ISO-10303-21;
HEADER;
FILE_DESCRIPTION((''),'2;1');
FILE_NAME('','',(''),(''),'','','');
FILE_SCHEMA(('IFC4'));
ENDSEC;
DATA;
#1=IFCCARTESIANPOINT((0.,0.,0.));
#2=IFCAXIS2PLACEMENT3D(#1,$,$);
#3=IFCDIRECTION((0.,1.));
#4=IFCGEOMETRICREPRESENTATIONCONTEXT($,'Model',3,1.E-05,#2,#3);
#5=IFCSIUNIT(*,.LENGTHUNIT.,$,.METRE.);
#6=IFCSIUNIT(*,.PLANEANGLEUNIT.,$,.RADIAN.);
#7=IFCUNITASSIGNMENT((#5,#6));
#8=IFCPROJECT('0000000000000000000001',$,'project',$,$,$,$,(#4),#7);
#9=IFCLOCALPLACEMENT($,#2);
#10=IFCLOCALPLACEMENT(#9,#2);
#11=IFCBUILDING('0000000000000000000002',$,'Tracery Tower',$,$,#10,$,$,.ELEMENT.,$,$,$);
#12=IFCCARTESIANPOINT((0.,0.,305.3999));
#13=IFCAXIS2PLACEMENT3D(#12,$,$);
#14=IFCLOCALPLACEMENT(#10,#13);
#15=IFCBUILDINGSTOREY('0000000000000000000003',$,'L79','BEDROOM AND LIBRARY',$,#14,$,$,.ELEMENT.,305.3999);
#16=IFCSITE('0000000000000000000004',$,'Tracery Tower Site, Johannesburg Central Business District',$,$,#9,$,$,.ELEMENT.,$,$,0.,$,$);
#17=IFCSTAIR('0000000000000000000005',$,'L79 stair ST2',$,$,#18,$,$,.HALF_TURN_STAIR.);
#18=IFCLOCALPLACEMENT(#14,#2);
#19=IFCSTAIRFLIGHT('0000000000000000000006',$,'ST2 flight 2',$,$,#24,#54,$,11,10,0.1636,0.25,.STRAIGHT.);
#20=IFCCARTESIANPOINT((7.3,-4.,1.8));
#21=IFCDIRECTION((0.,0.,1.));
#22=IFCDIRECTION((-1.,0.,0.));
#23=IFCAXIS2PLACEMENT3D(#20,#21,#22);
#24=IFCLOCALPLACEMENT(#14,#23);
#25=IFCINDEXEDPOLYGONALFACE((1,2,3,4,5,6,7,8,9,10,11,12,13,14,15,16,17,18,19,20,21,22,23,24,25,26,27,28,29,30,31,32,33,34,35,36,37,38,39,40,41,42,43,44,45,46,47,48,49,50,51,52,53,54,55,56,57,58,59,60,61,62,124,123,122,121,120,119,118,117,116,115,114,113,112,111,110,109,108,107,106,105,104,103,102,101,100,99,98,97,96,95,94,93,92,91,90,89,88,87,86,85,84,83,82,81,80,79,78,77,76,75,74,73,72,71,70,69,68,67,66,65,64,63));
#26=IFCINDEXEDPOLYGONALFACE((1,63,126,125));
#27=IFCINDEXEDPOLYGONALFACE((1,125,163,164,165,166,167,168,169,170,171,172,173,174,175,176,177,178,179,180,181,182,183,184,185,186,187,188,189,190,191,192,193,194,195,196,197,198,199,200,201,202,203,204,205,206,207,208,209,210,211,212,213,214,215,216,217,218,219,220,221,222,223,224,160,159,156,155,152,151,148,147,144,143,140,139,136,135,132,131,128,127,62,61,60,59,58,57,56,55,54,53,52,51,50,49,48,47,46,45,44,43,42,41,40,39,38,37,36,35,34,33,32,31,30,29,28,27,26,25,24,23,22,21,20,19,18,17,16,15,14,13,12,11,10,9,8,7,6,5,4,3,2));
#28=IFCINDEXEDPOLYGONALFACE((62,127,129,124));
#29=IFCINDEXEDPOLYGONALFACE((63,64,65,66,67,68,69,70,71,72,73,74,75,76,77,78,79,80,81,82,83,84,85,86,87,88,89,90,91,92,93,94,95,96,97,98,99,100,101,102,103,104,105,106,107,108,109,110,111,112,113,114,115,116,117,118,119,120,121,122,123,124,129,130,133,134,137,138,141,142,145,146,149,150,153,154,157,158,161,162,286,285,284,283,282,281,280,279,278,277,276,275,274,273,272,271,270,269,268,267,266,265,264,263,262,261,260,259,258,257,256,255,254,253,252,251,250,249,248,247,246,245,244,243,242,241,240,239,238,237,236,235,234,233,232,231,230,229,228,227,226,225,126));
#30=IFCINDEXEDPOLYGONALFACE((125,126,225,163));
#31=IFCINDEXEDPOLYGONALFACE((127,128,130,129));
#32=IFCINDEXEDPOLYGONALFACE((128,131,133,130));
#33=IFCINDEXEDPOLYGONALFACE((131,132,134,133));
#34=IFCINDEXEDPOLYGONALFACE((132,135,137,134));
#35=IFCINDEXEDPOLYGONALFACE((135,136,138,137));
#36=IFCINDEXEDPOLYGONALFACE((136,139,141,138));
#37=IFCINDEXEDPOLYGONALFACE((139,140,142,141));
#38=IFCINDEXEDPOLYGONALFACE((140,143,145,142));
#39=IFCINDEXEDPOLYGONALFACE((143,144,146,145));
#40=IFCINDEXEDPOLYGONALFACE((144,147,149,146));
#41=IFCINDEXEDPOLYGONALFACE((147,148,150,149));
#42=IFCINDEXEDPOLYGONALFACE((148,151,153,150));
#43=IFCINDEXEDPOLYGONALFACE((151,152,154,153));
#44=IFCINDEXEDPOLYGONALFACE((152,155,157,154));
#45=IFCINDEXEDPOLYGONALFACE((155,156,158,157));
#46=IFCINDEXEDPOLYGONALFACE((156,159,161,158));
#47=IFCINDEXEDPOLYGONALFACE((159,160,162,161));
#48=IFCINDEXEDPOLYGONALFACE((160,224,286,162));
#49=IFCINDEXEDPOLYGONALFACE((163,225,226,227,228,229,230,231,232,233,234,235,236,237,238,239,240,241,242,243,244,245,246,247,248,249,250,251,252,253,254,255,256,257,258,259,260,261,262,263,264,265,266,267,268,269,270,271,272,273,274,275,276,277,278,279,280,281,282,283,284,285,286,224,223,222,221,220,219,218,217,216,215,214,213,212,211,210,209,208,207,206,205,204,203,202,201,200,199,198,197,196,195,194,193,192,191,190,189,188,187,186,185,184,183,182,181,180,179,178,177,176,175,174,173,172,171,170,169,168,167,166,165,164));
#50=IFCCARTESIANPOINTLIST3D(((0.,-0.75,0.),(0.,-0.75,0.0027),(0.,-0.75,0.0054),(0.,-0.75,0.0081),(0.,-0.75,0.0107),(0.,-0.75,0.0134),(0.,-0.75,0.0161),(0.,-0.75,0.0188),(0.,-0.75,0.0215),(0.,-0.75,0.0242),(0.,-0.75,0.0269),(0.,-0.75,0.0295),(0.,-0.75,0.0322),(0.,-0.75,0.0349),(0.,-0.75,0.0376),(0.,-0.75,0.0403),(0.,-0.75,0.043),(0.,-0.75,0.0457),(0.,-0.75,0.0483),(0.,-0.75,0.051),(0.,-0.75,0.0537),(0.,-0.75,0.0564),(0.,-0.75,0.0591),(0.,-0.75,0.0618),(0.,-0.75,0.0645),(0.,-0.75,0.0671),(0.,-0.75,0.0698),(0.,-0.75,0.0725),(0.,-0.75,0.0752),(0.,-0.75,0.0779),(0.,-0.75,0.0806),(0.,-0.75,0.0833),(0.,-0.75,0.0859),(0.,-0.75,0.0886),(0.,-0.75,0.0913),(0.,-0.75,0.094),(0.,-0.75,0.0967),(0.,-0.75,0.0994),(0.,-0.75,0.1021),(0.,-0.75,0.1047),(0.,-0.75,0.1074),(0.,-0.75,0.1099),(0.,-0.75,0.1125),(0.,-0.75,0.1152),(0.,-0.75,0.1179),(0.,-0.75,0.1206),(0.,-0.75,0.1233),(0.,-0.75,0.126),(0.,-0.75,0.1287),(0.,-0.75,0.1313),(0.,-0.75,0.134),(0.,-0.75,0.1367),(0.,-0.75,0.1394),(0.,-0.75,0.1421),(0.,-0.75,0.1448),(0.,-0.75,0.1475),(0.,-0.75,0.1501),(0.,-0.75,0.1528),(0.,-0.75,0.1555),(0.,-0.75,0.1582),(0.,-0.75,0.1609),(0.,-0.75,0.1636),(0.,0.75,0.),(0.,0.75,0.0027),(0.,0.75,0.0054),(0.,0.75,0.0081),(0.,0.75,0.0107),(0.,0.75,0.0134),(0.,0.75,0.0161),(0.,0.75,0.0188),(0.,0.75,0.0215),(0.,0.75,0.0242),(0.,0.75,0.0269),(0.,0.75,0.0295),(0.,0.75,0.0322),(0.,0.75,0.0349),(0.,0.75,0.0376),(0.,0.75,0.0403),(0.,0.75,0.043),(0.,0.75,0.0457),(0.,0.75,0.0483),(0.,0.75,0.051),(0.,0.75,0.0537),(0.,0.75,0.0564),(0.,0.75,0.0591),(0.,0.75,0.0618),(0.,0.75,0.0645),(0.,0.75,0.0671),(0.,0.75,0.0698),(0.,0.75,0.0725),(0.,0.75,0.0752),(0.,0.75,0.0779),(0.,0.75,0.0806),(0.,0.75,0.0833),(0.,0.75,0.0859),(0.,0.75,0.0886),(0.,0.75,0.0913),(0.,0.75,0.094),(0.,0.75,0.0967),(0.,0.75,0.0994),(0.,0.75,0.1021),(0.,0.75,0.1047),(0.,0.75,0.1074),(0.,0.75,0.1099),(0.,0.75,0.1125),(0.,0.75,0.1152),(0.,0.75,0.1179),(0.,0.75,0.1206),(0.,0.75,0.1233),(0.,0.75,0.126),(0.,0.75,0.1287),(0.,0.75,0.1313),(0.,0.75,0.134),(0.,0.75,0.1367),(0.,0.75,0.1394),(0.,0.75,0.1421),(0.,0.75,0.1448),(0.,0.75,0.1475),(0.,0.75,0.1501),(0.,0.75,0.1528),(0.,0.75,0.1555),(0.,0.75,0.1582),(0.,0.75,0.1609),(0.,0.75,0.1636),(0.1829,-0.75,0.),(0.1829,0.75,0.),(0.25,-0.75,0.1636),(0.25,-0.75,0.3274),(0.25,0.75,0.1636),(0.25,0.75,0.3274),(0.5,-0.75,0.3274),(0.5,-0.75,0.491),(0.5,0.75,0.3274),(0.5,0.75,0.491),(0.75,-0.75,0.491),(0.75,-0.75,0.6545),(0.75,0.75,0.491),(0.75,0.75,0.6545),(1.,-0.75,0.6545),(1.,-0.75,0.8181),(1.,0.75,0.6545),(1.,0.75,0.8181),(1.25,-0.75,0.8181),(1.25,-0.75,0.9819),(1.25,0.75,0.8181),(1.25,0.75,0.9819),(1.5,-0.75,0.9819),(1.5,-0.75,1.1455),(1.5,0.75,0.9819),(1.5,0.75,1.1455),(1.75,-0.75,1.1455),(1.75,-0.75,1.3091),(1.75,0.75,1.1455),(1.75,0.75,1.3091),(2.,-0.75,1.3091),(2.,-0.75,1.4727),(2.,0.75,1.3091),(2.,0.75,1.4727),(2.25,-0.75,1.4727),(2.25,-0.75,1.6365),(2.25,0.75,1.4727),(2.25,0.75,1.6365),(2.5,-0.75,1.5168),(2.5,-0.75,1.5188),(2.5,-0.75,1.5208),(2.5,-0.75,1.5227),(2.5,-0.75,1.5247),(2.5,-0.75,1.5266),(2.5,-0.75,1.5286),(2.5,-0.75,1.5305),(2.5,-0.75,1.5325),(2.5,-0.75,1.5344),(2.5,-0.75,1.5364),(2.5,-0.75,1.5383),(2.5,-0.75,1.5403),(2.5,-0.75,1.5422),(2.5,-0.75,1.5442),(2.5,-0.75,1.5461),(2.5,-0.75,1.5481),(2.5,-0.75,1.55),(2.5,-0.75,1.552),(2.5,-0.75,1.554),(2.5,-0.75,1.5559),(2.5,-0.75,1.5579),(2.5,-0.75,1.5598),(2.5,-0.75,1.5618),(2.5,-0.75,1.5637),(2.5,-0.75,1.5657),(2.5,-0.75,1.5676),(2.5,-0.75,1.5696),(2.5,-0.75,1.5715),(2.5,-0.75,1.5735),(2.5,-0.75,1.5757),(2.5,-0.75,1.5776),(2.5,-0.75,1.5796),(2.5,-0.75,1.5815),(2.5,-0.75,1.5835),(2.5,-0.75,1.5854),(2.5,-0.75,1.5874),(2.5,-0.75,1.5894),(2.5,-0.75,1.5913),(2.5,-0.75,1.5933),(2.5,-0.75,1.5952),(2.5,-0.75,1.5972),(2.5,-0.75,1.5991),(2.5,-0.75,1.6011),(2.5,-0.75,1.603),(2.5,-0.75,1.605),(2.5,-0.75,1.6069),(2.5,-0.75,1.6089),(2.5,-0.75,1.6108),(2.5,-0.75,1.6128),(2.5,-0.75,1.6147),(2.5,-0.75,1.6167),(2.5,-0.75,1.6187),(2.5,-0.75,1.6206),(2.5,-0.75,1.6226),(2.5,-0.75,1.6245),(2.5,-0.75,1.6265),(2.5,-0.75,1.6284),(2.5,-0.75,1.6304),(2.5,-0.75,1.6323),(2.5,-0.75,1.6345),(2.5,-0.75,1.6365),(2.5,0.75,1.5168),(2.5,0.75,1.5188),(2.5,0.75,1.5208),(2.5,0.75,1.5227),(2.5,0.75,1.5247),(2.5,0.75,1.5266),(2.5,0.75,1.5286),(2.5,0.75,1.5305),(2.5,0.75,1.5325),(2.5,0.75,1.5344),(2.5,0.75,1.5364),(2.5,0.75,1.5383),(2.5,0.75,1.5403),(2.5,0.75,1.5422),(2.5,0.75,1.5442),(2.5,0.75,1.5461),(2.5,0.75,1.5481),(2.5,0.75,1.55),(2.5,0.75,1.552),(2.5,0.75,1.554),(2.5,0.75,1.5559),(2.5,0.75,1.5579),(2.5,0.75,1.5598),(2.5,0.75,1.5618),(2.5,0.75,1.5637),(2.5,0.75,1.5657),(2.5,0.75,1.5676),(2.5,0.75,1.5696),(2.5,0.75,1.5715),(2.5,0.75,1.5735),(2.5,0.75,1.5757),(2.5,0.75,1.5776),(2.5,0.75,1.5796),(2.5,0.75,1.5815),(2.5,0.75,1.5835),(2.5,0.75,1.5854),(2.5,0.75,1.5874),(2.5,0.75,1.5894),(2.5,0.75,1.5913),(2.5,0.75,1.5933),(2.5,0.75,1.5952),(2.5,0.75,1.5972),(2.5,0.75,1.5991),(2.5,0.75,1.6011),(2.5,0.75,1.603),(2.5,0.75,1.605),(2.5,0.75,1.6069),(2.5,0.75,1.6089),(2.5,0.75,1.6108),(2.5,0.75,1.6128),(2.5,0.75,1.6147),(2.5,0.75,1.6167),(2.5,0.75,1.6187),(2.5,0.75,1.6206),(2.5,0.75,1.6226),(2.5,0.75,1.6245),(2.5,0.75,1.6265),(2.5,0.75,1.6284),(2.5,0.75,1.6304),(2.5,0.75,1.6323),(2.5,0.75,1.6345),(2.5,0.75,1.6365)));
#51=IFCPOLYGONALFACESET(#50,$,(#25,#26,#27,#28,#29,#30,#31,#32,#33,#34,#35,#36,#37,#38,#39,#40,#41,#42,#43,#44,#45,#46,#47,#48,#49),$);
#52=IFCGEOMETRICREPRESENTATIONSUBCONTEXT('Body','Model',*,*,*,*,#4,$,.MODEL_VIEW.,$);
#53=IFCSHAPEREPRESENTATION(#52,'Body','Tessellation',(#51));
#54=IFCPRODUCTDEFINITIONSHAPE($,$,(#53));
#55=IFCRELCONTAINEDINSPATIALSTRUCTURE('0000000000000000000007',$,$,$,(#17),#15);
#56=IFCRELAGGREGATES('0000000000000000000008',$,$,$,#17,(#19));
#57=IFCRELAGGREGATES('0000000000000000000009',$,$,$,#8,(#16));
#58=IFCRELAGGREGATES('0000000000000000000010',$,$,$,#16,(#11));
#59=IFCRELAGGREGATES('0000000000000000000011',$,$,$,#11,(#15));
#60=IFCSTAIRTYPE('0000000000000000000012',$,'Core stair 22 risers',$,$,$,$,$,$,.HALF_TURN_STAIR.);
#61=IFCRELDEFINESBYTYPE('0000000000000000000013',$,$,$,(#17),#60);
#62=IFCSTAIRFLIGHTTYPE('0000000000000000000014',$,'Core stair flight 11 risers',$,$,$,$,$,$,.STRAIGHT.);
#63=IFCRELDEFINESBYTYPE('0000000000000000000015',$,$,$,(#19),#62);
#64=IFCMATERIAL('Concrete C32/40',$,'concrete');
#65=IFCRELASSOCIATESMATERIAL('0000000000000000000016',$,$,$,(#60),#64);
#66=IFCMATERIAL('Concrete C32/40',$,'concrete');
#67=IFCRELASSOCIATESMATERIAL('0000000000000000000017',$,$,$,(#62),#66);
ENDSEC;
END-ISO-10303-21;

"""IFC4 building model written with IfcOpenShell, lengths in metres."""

from ifc_helpers import new_model, si_unit, direction, frame, origin, place, context, subcontext, project, spatial, polyline, outline, extrude, material, type_object, element, aggregate, save


model = new_model("IFC4")

# Units and contexts
model_context = context("Model", 3, precision=1e-05, world=origin(), true_north=direction((0.0, 1.0)))
body_context = subcontext(model_context, "Body", "Model", "MODEL_VIEW")
ifc_project = project(units=[si_unit("LENGTHUNIT", "METRE"), si_unit("PLANEANGLEUNIT", "RADIAN")], contexts=[model_context])

# Site, building, storey
site_placement = place(None, origin())
site = spatial("IfcSite", under=ifc_project, at=site_placement, Name="Tracery Tower Site, Johannesburg Central Business District", CompositionType="ELEMENT", RefElevation=0.0)
building_placement = place(site_placement, origin())
building = spatial("IfcBuilding", under=site, at=building_placement, Name="Tracery Tower", CompositionType="ELEMENT")
storey_placement = place(building_placement, frame((0.0, 0.0, 305.3999)))
storey = spatial("IfcBuildingStorey", under=building, at=storey_placement, Name="L79", Description="BEDROOM AND LIBRARY", CompositionType="ELEMENT", Elevation=305.3999)

# Stair, stair flight
ifc_material_1 = material(Name="Concrete C32/40", Category="concrete")
stair_type = type_object("IfcStairType", Name="Core stair 22 risers", PredefinedType="HALF_TURN_STAIR", material=ifc_material_1)
stair_placement = place(storey_placement, origin())
stair = element("IfcStair", 1, at=stair_placement, inside=storey, type_object=stair_type, Name="L79 stair ST2", PredefinedType="HALF_TURN_STAIR")
ifc_material_2 = material(Name="Concrete C32/40", Category="concrete")
stair_flight_type = type_object("IfcStairFlightType", Name="Core stair flight 11 risers", PredefinedType="STRAIGHT", material=ifc_material_2)
stair_flight_placement = place(storey_placement, frame((7.3, -4.0, 1.8), z_axis=(0.0, 0.0, 1.0), x_axis=(-1.0, 0.0, 0.0)))
stair_flight = element("IfcStairFlight", 2, at=stair_flight_placement, type_object=stair_flight_type, Name="ST2 flight 2", NumberOfRisers=11, NumberOfTreads=10, PredefinedType="STRAIGHT", RiserHeight=0.1636, TreadLength=0.25, context=body_context, shape_type="SweptSolid", body=[
    extrude(outline(polyline([(0.0, 0.0), (0.0, 0.0027), (0.0, 0.0054), (0.0, 0.0081), (0.0, 0.0107), (0.0, 0.0134), (0.0, 0.0161), (0.0, 0.0188), (0.0, 0.0215), (0.0, 0.0242), (0.0, 0.0269), (0.0, 0.0295), (0.0, 0.0322), (0.0, 0.0349), (0.0, 0.0376), (0.0, 0.0403), (0.0, 0.043), (0.0, 0.0457), (0.0, 0.0483), (0.0, 0.051), (0.0, 0.0537), (0.0, 0.0564), (0.0, 0.0591), (0.0, 0.0618), (0.0, 0.0645), (0.0, 0.0671), (0.0, 0.0698), (0.0, 0.0725), (0.0, 0.0752), (0.0, 0.0779), (0.0, 0.0806), (0.0, 0.0833), (0.0, 0.0859), (0.0, 0.0886), (0.0, 0.0913), (0.0, 0.094), (0.0, 0.0967), (0.0, 0.0994), (0.0, 0.1021), (0.0, 0.1047), (0.0, 0.1074), (0.0, 0.1099), (0.0, 0.1125), (0.0, 0.1152), (0.0, 0.1179), (0.0, 0.1206), (0.0, 0.1233), (0.0, 0.126), (0.0, 0.1287), (0.0, 0.1313), (0.0, 0.134), (0.0, 0.1367), (0.0, 0.1394), (0.0, 0.1421), (0.0, 0.1448), (0.0, 0.1475), (0.0, 0.1501), (0.0, 0.1528), (0.0, 0.1555), (0.0, 0.1582), (0.0, 0.1609), (0.0, 0.1636), (0.25, 0.1636), (0.25, 0.3274), (0.5, 0.3274), (0.5, 0.491), (0.75, 0.491), (0.75, 0.6545), (1.0, 0.6545), (1.0, 0.8181), (1.25, 0.8181), (1.25, 0.9819), (1.5, 0.9819), (1.5, 1.1455), (1.75, 1.1455), (1.75, 1.3091), (2.0, 1.3091), (2.0, 1.4727), (2.25, 1.4727), (2.25, 1.6365), (2.5, 1.6365), (2.5, 1.6345), (2.5, 1.6323), (2.5, 1.6304), (2.5, 1.6284), (2.5, 1.6265), (2.5, 1.6245), (2.5, 1.6226), (2.5, 1.6206), (2.5, 1.6187), (2.5, 1.6167), (2.5, 1.6147), (2.5, 1.6128), (2.5, 1.6108), (2.5, 1.6089), (2.5, 1.6069), (2.5, 1.605), (2.5, 1.603), (2.5, 1.6011), (2.5, 1.5991), (2.5, 1.5972), (2.5, 1.5952), (2.5, 1.5933), (2.5, 1.5913), (2.5, 1.5894), (2.5, 1.5874), (2.5, 1.5854), (2.5, 1.5835), (2.5, 1.5815), (2.5, 1.5796), (2.5, 1.5776), (2.5, 1.5757), (2.5, 1.5735), (2.5, 1.5715), (2.5, 1.5696), (2.5, 1.5676), (2.5, 1.5657), (2.5, 1.5637), (2.5, 1.5618), (2.5, 1.5598), (2.5, 1.5579), (2.5, 1.5559), (2.5, 1.554), (2.5, 1.552), (2.5, 1.55), (2.5, 1.5481), (2.5, 1.5461), (2.5, 1.5442), (2.5, 1.5422), (2.5, 1.5403), (2.5, 1.5383), (2.5, 1.5364), (2.5, 1.5344), (2.5, 1.5325), (2.5, 1.5305), (2.5, 1.5286), (2.5, 1.5266), (2.5, 1.5247), (2.5, 1.5227), (2.5, 1.5208), (2.5, 1.5188), (2.5, 1.5168), (0.1829, 0.0), (0.0, 0.0)])), frame((0.0, 0.75, 0.0), z_axis=(0.0, -1.0, 0.0), x_axis=(1.0, 0.0, 0.0)), (0.0, 0.0, 1.0), 1.5),
])
aggregate(stair, [stair_flight])

save(model, "model.ifc")
